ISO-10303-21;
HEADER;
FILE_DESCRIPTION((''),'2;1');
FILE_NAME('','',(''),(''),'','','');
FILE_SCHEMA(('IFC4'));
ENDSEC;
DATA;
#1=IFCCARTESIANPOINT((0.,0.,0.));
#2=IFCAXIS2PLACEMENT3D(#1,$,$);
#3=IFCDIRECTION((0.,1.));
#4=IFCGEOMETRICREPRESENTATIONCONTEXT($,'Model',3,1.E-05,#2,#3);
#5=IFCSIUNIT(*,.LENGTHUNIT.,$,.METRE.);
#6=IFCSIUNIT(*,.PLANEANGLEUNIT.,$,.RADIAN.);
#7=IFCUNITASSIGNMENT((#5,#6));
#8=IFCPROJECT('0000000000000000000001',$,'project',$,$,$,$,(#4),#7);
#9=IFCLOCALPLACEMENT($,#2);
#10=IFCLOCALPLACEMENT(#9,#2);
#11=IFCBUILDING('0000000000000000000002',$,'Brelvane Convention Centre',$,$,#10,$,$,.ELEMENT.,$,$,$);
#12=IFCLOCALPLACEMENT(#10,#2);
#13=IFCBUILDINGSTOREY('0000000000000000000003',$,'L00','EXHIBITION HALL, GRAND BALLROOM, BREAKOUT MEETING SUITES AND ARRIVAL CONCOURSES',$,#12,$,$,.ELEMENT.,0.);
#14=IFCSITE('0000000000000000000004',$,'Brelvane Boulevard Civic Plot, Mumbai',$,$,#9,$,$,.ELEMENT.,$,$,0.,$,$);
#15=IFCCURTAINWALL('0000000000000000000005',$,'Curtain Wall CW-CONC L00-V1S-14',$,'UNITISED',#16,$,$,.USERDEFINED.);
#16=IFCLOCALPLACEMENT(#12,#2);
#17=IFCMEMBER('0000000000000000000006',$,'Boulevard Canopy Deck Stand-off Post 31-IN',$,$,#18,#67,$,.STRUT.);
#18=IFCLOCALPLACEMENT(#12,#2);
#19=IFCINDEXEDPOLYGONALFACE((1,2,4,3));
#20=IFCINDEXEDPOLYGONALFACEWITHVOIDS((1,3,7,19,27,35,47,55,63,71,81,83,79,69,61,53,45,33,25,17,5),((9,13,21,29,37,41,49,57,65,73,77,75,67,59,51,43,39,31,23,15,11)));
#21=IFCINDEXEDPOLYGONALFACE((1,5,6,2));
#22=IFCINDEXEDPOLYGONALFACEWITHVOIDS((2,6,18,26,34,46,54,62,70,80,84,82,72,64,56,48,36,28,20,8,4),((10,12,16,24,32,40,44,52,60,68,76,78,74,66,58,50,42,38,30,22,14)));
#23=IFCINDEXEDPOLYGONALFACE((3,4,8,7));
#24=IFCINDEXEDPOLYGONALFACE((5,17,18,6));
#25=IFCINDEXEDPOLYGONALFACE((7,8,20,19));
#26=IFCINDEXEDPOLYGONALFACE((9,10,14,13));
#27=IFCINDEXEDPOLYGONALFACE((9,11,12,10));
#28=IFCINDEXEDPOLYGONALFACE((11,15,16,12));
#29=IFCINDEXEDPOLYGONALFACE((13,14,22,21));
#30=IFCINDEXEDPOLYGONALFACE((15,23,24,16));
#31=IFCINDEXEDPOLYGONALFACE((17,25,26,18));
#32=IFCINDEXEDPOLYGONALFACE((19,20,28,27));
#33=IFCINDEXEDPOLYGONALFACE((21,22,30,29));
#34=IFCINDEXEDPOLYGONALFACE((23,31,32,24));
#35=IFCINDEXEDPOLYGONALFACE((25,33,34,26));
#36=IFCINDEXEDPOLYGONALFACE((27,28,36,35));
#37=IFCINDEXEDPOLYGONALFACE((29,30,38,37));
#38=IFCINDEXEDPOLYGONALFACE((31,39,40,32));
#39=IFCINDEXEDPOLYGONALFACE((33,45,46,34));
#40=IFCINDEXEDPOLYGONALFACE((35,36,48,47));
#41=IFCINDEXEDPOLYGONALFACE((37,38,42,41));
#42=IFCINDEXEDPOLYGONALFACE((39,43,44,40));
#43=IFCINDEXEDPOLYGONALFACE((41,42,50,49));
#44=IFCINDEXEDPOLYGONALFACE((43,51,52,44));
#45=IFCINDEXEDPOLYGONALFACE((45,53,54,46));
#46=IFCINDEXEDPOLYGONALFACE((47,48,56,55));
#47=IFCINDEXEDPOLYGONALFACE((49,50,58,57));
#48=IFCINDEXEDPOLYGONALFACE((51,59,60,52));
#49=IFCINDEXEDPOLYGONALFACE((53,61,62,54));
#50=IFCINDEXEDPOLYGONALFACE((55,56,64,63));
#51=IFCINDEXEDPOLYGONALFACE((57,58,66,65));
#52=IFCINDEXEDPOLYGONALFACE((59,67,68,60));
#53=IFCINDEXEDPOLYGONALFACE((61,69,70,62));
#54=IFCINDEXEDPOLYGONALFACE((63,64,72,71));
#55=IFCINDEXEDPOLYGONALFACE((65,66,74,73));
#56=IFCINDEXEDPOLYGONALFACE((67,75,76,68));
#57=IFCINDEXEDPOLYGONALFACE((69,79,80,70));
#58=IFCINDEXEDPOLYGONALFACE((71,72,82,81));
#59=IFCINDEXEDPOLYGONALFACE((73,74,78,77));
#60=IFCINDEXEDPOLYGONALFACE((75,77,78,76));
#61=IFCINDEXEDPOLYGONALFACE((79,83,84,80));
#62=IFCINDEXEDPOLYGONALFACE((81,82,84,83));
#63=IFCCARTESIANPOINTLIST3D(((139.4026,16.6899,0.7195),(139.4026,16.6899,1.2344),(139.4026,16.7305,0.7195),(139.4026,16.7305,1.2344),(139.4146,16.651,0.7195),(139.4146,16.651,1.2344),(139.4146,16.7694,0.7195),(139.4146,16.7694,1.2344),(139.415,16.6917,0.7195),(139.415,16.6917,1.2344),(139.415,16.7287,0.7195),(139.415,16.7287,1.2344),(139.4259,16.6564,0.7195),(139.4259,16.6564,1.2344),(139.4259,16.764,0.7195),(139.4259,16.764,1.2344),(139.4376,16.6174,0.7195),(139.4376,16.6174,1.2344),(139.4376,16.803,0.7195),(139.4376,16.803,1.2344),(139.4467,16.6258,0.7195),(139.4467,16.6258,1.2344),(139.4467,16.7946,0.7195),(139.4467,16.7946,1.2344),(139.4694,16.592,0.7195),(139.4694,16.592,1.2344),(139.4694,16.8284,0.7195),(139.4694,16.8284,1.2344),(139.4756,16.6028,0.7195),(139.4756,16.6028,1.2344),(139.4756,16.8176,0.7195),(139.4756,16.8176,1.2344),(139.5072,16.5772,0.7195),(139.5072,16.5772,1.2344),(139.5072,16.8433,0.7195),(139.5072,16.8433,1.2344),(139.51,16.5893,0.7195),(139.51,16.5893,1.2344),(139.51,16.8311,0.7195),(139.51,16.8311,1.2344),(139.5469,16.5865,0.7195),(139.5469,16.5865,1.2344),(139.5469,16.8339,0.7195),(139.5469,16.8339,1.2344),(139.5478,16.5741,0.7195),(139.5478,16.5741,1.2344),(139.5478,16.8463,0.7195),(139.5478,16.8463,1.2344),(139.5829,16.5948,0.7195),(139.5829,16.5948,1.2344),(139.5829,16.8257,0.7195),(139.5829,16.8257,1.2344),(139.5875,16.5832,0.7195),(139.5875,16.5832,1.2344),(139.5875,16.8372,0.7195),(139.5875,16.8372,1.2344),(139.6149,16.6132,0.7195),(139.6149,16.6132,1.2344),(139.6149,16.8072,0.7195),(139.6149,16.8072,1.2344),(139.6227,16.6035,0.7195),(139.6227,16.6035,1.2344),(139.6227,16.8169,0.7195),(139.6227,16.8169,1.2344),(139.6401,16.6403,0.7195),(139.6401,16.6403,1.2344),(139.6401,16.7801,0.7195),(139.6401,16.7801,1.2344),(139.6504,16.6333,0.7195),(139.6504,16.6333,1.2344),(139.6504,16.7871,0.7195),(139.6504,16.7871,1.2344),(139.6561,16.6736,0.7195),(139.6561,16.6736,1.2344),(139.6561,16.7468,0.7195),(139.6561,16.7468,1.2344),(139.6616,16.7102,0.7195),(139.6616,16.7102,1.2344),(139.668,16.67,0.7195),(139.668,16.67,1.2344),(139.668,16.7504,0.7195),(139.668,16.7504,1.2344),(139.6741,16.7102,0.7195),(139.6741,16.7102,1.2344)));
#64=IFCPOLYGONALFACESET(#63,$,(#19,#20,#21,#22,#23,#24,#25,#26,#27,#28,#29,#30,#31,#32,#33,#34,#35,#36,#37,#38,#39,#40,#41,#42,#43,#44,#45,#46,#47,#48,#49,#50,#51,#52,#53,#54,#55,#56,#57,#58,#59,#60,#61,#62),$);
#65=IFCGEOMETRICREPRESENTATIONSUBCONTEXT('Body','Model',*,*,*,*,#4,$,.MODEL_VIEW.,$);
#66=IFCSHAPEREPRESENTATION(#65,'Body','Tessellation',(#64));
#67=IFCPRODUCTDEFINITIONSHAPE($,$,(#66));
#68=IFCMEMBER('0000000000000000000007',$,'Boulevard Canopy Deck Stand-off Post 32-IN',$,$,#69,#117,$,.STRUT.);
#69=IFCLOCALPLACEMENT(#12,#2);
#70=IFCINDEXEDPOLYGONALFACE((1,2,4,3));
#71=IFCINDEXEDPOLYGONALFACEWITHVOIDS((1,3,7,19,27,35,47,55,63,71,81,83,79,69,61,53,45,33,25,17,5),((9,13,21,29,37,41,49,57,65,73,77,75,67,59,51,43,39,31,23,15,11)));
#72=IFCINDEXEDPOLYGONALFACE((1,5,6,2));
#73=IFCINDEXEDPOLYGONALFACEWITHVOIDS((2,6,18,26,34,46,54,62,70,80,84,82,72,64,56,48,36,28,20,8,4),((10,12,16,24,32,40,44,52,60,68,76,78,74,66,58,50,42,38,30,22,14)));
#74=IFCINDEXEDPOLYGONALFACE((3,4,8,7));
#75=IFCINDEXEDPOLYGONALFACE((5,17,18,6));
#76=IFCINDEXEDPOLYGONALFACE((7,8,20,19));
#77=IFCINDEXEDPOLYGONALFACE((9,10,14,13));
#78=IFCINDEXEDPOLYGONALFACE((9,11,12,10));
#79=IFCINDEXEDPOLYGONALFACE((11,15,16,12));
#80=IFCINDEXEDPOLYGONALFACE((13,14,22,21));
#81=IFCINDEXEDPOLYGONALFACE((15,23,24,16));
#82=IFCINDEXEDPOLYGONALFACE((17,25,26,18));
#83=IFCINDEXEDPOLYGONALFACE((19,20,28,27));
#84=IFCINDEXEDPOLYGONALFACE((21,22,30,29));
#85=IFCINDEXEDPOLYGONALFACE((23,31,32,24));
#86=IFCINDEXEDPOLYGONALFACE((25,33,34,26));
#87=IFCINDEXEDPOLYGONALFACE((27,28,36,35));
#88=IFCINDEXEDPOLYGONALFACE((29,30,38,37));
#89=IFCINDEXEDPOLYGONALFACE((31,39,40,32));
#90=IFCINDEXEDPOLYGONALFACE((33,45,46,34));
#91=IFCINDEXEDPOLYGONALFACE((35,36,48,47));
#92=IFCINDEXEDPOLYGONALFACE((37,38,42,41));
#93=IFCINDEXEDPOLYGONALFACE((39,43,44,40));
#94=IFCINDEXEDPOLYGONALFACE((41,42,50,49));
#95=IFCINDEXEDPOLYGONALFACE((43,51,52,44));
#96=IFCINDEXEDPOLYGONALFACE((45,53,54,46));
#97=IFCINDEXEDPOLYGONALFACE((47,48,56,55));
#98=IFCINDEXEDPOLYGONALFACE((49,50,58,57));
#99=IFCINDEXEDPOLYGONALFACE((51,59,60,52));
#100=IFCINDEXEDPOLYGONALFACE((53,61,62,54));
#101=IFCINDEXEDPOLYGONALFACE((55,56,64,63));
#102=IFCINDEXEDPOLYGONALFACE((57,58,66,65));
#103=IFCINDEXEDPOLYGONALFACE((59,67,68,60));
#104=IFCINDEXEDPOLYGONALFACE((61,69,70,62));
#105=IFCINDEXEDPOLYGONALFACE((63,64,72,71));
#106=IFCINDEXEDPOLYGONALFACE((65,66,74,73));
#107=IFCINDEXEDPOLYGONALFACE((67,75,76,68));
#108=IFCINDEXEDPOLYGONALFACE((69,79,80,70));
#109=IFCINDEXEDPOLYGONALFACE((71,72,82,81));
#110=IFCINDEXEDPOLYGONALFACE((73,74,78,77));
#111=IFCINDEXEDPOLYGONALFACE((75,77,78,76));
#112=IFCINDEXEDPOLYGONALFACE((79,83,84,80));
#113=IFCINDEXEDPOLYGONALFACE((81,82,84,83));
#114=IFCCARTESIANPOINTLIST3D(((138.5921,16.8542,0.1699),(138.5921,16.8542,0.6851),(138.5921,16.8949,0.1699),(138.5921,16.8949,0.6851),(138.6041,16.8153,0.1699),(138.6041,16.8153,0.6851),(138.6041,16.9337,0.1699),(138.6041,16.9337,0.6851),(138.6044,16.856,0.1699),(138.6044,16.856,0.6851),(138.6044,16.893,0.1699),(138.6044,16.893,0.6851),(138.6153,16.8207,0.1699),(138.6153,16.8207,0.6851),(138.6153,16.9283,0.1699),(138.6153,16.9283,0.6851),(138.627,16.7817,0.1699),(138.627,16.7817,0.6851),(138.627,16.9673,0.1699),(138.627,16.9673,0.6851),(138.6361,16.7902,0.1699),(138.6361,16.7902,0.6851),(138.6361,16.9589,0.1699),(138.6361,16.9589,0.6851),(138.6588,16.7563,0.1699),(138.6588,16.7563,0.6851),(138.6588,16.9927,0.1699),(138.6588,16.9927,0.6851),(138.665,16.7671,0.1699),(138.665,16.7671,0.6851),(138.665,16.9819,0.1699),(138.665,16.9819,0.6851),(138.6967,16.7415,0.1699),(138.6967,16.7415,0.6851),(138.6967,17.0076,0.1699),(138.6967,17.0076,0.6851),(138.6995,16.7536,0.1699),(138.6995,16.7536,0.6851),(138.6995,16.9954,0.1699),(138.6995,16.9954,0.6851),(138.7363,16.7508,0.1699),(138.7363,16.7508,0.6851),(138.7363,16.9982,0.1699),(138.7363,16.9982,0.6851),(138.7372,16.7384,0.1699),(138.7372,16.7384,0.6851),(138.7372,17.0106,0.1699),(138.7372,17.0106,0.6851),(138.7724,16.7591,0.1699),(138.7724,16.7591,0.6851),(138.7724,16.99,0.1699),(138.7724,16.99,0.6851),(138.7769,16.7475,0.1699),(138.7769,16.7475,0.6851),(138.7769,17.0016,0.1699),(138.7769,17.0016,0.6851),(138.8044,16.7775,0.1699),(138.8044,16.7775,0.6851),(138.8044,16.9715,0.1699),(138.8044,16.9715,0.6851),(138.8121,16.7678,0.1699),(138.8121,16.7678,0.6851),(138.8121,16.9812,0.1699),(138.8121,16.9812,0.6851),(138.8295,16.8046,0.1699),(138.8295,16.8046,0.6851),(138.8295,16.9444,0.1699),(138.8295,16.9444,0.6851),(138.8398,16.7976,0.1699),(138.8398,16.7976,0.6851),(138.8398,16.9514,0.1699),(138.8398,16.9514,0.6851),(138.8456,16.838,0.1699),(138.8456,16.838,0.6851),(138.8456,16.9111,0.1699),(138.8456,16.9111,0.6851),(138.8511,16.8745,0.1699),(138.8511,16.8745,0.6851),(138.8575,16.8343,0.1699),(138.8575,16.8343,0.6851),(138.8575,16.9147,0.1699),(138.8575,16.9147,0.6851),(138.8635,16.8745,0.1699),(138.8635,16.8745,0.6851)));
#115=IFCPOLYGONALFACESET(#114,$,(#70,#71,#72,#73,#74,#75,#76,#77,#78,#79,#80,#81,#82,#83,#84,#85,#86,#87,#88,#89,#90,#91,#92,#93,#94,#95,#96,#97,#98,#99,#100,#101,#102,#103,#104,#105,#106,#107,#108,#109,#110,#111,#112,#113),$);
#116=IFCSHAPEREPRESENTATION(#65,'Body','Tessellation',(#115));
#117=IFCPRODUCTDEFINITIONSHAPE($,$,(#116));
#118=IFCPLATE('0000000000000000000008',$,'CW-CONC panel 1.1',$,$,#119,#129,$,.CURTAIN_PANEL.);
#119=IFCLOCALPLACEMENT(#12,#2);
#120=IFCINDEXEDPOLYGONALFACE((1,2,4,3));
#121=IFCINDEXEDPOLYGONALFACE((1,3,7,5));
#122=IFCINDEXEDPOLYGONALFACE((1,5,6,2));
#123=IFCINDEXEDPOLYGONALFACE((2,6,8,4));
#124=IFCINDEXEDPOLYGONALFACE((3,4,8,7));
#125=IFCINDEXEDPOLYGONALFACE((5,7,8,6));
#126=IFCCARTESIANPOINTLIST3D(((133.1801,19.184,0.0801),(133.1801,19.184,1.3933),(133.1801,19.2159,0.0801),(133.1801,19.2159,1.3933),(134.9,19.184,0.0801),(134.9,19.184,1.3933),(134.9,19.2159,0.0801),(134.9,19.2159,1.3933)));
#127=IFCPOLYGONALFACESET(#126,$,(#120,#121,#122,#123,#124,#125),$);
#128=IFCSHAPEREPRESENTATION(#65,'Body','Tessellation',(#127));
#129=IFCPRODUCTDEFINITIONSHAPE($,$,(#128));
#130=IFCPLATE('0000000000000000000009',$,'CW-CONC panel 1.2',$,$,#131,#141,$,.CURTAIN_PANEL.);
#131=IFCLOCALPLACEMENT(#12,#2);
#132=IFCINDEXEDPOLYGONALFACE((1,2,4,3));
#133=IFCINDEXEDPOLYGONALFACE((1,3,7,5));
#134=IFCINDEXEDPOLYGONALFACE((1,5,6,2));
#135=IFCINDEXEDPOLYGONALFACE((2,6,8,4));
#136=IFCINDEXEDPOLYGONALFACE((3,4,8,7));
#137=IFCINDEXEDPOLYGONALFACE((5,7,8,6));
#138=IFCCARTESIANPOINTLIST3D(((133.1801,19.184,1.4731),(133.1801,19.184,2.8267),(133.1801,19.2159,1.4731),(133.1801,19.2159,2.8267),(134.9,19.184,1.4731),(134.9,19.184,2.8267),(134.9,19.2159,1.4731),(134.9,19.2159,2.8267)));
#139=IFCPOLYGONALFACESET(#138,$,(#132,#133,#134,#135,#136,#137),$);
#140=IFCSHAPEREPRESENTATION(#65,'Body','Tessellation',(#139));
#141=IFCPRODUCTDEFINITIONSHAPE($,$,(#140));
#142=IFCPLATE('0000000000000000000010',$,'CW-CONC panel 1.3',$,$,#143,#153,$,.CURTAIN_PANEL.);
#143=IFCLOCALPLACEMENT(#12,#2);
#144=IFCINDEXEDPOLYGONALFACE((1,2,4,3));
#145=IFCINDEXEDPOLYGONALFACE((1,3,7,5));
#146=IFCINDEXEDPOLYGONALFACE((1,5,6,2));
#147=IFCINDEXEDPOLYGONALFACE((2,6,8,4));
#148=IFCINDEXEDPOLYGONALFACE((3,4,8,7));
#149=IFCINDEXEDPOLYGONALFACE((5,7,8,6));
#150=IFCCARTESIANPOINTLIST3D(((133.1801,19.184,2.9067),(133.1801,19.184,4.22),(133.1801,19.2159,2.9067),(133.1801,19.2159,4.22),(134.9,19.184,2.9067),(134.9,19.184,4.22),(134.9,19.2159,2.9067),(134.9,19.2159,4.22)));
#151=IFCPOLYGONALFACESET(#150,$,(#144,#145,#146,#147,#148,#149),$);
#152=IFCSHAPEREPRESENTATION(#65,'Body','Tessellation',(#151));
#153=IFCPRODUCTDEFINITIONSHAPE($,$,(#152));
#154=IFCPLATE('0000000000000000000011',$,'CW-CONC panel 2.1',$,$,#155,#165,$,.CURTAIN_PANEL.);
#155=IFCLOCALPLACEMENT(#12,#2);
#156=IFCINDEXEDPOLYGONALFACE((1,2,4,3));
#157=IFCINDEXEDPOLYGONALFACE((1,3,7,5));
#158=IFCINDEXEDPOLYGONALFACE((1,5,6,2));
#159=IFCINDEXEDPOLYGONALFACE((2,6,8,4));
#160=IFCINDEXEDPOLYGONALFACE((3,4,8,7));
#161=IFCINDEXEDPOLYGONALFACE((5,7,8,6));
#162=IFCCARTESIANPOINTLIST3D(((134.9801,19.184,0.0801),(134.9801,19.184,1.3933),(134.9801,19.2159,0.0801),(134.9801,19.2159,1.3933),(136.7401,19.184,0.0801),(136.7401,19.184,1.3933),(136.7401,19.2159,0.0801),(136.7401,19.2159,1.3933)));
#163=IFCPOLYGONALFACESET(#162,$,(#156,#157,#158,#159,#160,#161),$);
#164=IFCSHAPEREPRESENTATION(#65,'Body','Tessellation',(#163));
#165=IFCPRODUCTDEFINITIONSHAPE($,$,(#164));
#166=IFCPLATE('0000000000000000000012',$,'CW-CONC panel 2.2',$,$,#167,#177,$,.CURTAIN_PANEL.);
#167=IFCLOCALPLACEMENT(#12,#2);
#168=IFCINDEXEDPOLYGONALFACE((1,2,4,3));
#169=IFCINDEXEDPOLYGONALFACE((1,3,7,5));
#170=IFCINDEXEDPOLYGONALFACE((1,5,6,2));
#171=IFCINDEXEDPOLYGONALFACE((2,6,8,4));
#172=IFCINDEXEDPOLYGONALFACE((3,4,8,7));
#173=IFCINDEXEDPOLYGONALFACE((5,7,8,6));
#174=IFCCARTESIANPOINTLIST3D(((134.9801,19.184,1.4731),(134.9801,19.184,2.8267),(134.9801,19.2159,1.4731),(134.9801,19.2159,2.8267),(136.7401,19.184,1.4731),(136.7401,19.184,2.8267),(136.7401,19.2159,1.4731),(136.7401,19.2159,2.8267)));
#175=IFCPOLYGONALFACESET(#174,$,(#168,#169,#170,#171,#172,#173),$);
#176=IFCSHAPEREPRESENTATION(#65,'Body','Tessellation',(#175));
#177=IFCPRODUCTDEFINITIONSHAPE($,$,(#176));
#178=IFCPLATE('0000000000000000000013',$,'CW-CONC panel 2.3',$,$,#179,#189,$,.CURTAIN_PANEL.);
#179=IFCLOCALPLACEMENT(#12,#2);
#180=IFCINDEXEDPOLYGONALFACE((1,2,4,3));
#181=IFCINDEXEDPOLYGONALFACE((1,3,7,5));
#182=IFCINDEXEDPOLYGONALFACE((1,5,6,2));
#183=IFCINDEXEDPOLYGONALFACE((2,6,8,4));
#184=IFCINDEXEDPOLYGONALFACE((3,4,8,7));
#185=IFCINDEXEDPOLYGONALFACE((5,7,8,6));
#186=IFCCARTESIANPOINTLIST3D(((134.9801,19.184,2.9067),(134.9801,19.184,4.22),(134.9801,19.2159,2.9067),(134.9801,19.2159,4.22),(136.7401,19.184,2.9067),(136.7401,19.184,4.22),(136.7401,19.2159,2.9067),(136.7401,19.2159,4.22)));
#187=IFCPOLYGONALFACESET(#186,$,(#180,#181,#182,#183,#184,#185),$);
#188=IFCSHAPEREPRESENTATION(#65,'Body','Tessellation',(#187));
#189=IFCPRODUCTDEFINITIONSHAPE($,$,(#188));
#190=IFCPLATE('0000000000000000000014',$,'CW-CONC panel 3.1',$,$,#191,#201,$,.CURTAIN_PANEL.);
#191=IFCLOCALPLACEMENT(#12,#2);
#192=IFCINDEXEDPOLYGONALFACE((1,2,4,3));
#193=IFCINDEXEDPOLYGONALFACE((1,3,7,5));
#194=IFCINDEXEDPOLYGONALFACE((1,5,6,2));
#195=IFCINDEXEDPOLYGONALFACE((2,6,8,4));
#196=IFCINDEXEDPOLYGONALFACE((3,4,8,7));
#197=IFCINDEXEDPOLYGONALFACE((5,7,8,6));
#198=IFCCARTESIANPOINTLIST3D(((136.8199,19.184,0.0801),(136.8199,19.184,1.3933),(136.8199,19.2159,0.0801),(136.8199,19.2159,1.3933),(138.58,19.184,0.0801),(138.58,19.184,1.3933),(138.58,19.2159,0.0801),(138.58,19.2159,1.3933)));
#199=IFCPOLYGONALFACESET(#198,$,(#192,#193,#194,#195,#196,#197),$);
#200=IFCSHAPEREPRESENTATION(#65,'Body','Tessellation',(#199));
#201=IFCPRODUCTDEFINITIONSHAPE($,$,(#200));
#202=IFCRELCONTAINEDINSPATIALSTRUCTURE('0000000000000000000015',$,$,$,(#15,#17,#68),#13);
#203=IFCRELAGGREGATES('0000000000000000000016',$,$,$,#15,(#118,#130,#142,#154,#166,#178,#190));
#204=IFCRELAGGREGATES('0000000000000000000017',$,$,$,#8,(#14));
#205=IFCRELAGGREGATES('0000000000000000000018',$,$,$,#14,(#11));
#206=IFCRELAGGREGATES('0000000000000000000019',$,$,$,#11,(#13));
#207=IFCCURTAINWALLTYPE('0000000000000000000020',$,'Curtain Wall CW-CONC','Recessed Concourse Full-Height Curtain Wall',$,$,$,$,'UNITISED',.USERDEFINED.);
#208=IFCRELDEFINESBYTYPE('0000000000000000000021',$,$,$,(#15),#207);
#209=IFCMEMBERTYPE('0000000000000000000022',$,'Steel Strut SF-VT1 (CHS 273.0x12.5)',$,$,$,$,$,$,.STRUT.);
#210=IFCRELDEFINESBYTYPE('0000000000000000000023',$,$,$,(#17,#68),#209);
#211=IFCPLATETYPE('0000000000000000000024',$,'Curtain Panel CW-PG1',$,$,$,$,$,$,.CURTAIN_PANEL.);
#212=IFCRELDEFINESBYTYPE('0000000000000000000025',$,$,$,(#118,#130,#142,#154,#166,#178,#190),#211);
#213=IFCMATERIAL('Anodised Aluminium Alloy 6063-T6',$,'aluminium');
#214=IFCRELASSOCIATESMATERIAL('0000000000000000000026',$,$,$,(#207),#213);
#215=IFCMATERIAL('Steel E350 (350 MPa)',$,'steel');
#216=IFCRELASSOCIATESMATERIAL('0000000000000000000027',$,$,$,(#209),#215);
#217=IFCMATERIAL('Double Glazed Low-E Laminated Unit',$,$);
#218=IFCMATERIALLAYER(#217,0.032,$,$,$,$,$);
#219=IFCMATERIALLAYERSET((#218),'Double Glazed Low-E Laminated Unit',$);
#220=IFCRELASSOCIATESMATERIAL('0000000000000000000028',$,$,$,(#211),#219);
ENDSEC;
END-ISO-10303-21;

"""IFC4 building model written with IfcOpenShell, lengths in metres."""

from ifc_helpers import new_model, si_unit, direction, frame, origin, origin_2d, place, context, subcontext, project, spatial, rectangle, hollow_circle, extrude, material, layer, layer_set, material_profile, profile_set, type_object, element, aggregate, save


model = new_model("IFC4")

# Units and contexts
model_context = context("Model", 3, precision=1e-05, world=origin(), true_north=direction((0.0, 1.0)))
body_context = subcontext(model_context, "Body", "Model", "MODEL_VIEW")
ifc_project = project(units=[si_unit("LENGTHUNIT", "METRE"), si_unit("PLANEANGLEUNIT", "RADIAN")], contexts=[model_context])

# Site, building, storey
site_placement = place(None, origin())
site = spatial("IfcSite", under=ifc_project, at=site_placement, Name="Brelvane Boulevard Civic Plot, Mumbai", CompositionType="ELEMENT", RefElevation=0.0)
building_placement = place(site_placement, origin())
building = spatial("IfcBuilding", under=site, at=building_placement, Name="Brelvane Convention Centre", CompositionType="ELEMENT")
storey_placement = place(building_placement, origin())
storey = spatial("IfcBuildingStorey", under=building, at=storey_placement, Name="L00", Description="EXHIBITION HALL, GRAND BALLROOM, BREAKOUT MEETING SUITES AND ARRIVAL CONCOURSES", CompositionType="ELEMENT", Elevation=0.0)

# Curtain wall
ifc_material_1 = material(Name="Anodised Aluminium Alloy 6063-T6", Category="aluminium")
curtain_wall_type = type_object("IfcCurtainWallType", Name="Curtain Wall CW-CONC", Description="Recessed Concourse Full-Height Curtain Wall", ElementType="UNITISED", PredefinedType="USERDEFINED", material=ifc_material_1)
curtain_wall_placement = place(storey_placement, origin())
curtain_wall = element("IfcCurtainWall", 1, at=curtain_wall_placement, inside=storey, type_object=curtain_wall_type, Name="Curtain Wall CW-CONC L00-V1S-14", ObjectType="UNITISED", PredefinedType="USERDEFINED")

# Members
ifc_material_2 = material(Name="Steel E350 (350 MPa)", Category="steel")
ifc_material_profile_1 = material_profile(ifc_material_2, hollow_circle(Radius=0.1365, WallThickness=0.0125, at=origin_2d()), Name="CHS 273.0x12.5")
ifc_profile_set_1 = profile_set([ifc_material_profile_1], Name="Steel E350 (350 MPa)")
member_type_1 = type_object("IfcMemberType", Name="Steel Strut SF-VT1 (CHS 273.0x12.5)", PredefinedType="STRUT", material=ifc_profile_set_1)
for number, where, z_axis, x_axis, name in (
    (2, (139.5376, 16.7102, 0.7195), (0.0, 0.0, 1.0), (1.0, 0.0, 0.0), "Boulevard Canopy Deck Stand-off Post 31-IN"),
):
    element("IfcMember", number, at=place(storey_placement, frame(where, z_axis=z_axis, x_axis=x_axis)), inside=storey, type_object=member_type_1, Name=name, PredefinedType="STRUT", context=body_context, shape_type="SweptSolid", body=[
        extrude(hollow_circle(Radius=0.1365, WallThickness=0.0125, at=origin_2d()), origin(), (0.0, 0.0, 1.0), 0.5149),
    ])
member_1_placement = place(storey_placement, frame((138.7271, 16.8745, 0.1699), z_axis=(0.0, 0.0, 1.0), x_axis=(1.0, 0.0, 0.0)))
element("IfcMember", 3, at=member_1_placement, inside=storey, type_object=member_type_1, Name="Boulevard Canopy Deck Stand-off Post 32-IN", PredefinedType="STRUT", context=body_context, shape_type="SweptSolid", body=[
    extrude(hollow_circle(Radius=0.1365, WallThickness=0.0125, at=origin_2d()), origin(), (0.0, 0.0, 1.0), 0.5151),
])

# Plates
ifc_material_3 = material(Name="Double Glazed Low-E Laminated Unit")
ifc_layer_1 = layer(ifc_material_3, 0.032)
ifc_layer_set_1 = layer_set([ifc_layer_1], Name="Double Glazed Low-E Laminated Unit")
plate_type_1 = type_object("IfcPlateType", Name="Curtain Panel CW-PG1", PredefinedType="CURTAIN_PANEL", material=ifc_layer_set_1)
plate_1_placement = place(storey_placement, frame((134.04, 19.2, 0.0801), z_axis=(0.0, 0.0, 1.0), x_axis=(1.0, 0.0, 0.0)))
plate_1 = element("IfcPlate", 4, at=plate_1_placement, type_object=plate_type_1, Name="CW-CONC panel 1.1", PredefinedType="CURTAIN_PANEL", context=body_context, shape_type="SweptSolid", body=[
    extrude(rectangle(XDim=1.72, YDim=0.032, at=origin_2d()), origin(), (0.0, 0.0, 1.0), 1.3132),
])
plate_2_placement = place(storey_placement, frame((134.04, 19.2, 1.4731), z_axis=(0.0, 0.0, 1.0), x_axis=(1.0, 0.0, 0.0)))
plate_2 = element("IfcPlate", 5, at=plate_2_placement, type_object=plate_type_1, Name="CW-CONC panel 1.2", PredefinedType="CURTAIN_PANEL", context=body_context, shape_type="SweptSolid", body=[
    extrude(rectangle(XDim=1.72, YDim=0.032, at=origin_2d()), origin(), (0.0, 0.0, 1.0), 1.3535),
])
plate_3_placement = place(storey_placement, frame((134.04, 19.2, 2.9067), z_axis=(0.0, 0.0, 1.0), x_axis=(1.0, 0.0, 0.0)))
plate_3 = element("IfcPlate", 6, at=plate_3_placement, type_object=plate_type_1, Name="CW-CONC panel 1.3", PredefinedType="CURTAIN_PANEL", context=body_context, shape_type="SweptSolid", body=[
    extrude(rectangle(XDim=1.72, YDim=0.032, at=origin_2d()), origin(), (0.0, 0.0, 1.0), 1.3132),
])
plate_4_placement = place(storey_placement, frame((135.8601, 19.2, 0.0801), z_axis=(0.0, 0.0, 1.0), x_axis=(1.0, 0.0, 0.0)))
plate_4 = element("IfcPlate", 7, at=plate_4_placement, type_object=plate_type_1, Name="CW-CONC panel 2.1", PredefinedType="CURTAIN_PANEL", context=body_context, shape_type="SweptSolid", body=[
    extrude(rectangle(XDim=1.76, YDim=0.032, at=origin_2d()), origin(), (0.0, 0.0, 1.0), 1.3132),
])
plate_5_placement = place(storey_placement, frame((135.8601, 19.2, 1.4731), z_axis=(0.0, 0.0, 1.0), x_axis=(1.0, 0.0, 0.0)))
plate_5 = element("IfcPlate", 8, at=plate_5_placement, type_object=plate_type_1, Name="CW-CONC panel 2.2", PredefinedType="CURTAIN_PANEL", context=body_context, shape_type="SweptSolid", body=[
    extrude(rectangle(XDim=1.76, YDim=0.032, at=origin_2d()), origin(), (0.0, 0.0, 1.0), 1.3535),
])
plate_6_placement = place(storey_placement, frame((135.8601, 19.2, 2.9067), z_axis=(0.0, 0.0, 1.0), x_axis=(1.0, 0.0, 0.0)))
plate_6 = element("IfcPlate", 9, at=plate_6_placement, type_object=plate_type_1, Name="CW-CONC panel 2.3", PredefinedType="CURTAIN_PANEL", context=body_context, shape_type="SweptSolid", body=[
    extrude(rectangle(XDim=1.76, YDim=0.032, at=origin_2d()), origin(), (0.0, 0.0, 1.0), 1.3132),
])
plate_7_placement = place(storey_placement, frame((137.7, 19.2, 0.0801), z_axis=(0.0, 0.0, 1.0), x_axis=(1.0, 0.0, 0.0)))
plate_7 = element("IfcPlate", 10, at=plate_7_placement, type_object=plate_type_1, Name="CW-CONC panel 3.1", PredefinedType="CURTAIN_PANEL", context=body_context, shape_type="SweptSolid", body=[
    extrude(rectangle(XDim=1.76, YDim=0.032, at=origin_2d()), origin(), (0.0, 0.0, 1.0), 1.3132),
])
aggregate(curtain_wall, [plate_1, plate_2, plate_3, plate_4, plate_5, plate_6, plate_7])

save(model, "model.ifc")
